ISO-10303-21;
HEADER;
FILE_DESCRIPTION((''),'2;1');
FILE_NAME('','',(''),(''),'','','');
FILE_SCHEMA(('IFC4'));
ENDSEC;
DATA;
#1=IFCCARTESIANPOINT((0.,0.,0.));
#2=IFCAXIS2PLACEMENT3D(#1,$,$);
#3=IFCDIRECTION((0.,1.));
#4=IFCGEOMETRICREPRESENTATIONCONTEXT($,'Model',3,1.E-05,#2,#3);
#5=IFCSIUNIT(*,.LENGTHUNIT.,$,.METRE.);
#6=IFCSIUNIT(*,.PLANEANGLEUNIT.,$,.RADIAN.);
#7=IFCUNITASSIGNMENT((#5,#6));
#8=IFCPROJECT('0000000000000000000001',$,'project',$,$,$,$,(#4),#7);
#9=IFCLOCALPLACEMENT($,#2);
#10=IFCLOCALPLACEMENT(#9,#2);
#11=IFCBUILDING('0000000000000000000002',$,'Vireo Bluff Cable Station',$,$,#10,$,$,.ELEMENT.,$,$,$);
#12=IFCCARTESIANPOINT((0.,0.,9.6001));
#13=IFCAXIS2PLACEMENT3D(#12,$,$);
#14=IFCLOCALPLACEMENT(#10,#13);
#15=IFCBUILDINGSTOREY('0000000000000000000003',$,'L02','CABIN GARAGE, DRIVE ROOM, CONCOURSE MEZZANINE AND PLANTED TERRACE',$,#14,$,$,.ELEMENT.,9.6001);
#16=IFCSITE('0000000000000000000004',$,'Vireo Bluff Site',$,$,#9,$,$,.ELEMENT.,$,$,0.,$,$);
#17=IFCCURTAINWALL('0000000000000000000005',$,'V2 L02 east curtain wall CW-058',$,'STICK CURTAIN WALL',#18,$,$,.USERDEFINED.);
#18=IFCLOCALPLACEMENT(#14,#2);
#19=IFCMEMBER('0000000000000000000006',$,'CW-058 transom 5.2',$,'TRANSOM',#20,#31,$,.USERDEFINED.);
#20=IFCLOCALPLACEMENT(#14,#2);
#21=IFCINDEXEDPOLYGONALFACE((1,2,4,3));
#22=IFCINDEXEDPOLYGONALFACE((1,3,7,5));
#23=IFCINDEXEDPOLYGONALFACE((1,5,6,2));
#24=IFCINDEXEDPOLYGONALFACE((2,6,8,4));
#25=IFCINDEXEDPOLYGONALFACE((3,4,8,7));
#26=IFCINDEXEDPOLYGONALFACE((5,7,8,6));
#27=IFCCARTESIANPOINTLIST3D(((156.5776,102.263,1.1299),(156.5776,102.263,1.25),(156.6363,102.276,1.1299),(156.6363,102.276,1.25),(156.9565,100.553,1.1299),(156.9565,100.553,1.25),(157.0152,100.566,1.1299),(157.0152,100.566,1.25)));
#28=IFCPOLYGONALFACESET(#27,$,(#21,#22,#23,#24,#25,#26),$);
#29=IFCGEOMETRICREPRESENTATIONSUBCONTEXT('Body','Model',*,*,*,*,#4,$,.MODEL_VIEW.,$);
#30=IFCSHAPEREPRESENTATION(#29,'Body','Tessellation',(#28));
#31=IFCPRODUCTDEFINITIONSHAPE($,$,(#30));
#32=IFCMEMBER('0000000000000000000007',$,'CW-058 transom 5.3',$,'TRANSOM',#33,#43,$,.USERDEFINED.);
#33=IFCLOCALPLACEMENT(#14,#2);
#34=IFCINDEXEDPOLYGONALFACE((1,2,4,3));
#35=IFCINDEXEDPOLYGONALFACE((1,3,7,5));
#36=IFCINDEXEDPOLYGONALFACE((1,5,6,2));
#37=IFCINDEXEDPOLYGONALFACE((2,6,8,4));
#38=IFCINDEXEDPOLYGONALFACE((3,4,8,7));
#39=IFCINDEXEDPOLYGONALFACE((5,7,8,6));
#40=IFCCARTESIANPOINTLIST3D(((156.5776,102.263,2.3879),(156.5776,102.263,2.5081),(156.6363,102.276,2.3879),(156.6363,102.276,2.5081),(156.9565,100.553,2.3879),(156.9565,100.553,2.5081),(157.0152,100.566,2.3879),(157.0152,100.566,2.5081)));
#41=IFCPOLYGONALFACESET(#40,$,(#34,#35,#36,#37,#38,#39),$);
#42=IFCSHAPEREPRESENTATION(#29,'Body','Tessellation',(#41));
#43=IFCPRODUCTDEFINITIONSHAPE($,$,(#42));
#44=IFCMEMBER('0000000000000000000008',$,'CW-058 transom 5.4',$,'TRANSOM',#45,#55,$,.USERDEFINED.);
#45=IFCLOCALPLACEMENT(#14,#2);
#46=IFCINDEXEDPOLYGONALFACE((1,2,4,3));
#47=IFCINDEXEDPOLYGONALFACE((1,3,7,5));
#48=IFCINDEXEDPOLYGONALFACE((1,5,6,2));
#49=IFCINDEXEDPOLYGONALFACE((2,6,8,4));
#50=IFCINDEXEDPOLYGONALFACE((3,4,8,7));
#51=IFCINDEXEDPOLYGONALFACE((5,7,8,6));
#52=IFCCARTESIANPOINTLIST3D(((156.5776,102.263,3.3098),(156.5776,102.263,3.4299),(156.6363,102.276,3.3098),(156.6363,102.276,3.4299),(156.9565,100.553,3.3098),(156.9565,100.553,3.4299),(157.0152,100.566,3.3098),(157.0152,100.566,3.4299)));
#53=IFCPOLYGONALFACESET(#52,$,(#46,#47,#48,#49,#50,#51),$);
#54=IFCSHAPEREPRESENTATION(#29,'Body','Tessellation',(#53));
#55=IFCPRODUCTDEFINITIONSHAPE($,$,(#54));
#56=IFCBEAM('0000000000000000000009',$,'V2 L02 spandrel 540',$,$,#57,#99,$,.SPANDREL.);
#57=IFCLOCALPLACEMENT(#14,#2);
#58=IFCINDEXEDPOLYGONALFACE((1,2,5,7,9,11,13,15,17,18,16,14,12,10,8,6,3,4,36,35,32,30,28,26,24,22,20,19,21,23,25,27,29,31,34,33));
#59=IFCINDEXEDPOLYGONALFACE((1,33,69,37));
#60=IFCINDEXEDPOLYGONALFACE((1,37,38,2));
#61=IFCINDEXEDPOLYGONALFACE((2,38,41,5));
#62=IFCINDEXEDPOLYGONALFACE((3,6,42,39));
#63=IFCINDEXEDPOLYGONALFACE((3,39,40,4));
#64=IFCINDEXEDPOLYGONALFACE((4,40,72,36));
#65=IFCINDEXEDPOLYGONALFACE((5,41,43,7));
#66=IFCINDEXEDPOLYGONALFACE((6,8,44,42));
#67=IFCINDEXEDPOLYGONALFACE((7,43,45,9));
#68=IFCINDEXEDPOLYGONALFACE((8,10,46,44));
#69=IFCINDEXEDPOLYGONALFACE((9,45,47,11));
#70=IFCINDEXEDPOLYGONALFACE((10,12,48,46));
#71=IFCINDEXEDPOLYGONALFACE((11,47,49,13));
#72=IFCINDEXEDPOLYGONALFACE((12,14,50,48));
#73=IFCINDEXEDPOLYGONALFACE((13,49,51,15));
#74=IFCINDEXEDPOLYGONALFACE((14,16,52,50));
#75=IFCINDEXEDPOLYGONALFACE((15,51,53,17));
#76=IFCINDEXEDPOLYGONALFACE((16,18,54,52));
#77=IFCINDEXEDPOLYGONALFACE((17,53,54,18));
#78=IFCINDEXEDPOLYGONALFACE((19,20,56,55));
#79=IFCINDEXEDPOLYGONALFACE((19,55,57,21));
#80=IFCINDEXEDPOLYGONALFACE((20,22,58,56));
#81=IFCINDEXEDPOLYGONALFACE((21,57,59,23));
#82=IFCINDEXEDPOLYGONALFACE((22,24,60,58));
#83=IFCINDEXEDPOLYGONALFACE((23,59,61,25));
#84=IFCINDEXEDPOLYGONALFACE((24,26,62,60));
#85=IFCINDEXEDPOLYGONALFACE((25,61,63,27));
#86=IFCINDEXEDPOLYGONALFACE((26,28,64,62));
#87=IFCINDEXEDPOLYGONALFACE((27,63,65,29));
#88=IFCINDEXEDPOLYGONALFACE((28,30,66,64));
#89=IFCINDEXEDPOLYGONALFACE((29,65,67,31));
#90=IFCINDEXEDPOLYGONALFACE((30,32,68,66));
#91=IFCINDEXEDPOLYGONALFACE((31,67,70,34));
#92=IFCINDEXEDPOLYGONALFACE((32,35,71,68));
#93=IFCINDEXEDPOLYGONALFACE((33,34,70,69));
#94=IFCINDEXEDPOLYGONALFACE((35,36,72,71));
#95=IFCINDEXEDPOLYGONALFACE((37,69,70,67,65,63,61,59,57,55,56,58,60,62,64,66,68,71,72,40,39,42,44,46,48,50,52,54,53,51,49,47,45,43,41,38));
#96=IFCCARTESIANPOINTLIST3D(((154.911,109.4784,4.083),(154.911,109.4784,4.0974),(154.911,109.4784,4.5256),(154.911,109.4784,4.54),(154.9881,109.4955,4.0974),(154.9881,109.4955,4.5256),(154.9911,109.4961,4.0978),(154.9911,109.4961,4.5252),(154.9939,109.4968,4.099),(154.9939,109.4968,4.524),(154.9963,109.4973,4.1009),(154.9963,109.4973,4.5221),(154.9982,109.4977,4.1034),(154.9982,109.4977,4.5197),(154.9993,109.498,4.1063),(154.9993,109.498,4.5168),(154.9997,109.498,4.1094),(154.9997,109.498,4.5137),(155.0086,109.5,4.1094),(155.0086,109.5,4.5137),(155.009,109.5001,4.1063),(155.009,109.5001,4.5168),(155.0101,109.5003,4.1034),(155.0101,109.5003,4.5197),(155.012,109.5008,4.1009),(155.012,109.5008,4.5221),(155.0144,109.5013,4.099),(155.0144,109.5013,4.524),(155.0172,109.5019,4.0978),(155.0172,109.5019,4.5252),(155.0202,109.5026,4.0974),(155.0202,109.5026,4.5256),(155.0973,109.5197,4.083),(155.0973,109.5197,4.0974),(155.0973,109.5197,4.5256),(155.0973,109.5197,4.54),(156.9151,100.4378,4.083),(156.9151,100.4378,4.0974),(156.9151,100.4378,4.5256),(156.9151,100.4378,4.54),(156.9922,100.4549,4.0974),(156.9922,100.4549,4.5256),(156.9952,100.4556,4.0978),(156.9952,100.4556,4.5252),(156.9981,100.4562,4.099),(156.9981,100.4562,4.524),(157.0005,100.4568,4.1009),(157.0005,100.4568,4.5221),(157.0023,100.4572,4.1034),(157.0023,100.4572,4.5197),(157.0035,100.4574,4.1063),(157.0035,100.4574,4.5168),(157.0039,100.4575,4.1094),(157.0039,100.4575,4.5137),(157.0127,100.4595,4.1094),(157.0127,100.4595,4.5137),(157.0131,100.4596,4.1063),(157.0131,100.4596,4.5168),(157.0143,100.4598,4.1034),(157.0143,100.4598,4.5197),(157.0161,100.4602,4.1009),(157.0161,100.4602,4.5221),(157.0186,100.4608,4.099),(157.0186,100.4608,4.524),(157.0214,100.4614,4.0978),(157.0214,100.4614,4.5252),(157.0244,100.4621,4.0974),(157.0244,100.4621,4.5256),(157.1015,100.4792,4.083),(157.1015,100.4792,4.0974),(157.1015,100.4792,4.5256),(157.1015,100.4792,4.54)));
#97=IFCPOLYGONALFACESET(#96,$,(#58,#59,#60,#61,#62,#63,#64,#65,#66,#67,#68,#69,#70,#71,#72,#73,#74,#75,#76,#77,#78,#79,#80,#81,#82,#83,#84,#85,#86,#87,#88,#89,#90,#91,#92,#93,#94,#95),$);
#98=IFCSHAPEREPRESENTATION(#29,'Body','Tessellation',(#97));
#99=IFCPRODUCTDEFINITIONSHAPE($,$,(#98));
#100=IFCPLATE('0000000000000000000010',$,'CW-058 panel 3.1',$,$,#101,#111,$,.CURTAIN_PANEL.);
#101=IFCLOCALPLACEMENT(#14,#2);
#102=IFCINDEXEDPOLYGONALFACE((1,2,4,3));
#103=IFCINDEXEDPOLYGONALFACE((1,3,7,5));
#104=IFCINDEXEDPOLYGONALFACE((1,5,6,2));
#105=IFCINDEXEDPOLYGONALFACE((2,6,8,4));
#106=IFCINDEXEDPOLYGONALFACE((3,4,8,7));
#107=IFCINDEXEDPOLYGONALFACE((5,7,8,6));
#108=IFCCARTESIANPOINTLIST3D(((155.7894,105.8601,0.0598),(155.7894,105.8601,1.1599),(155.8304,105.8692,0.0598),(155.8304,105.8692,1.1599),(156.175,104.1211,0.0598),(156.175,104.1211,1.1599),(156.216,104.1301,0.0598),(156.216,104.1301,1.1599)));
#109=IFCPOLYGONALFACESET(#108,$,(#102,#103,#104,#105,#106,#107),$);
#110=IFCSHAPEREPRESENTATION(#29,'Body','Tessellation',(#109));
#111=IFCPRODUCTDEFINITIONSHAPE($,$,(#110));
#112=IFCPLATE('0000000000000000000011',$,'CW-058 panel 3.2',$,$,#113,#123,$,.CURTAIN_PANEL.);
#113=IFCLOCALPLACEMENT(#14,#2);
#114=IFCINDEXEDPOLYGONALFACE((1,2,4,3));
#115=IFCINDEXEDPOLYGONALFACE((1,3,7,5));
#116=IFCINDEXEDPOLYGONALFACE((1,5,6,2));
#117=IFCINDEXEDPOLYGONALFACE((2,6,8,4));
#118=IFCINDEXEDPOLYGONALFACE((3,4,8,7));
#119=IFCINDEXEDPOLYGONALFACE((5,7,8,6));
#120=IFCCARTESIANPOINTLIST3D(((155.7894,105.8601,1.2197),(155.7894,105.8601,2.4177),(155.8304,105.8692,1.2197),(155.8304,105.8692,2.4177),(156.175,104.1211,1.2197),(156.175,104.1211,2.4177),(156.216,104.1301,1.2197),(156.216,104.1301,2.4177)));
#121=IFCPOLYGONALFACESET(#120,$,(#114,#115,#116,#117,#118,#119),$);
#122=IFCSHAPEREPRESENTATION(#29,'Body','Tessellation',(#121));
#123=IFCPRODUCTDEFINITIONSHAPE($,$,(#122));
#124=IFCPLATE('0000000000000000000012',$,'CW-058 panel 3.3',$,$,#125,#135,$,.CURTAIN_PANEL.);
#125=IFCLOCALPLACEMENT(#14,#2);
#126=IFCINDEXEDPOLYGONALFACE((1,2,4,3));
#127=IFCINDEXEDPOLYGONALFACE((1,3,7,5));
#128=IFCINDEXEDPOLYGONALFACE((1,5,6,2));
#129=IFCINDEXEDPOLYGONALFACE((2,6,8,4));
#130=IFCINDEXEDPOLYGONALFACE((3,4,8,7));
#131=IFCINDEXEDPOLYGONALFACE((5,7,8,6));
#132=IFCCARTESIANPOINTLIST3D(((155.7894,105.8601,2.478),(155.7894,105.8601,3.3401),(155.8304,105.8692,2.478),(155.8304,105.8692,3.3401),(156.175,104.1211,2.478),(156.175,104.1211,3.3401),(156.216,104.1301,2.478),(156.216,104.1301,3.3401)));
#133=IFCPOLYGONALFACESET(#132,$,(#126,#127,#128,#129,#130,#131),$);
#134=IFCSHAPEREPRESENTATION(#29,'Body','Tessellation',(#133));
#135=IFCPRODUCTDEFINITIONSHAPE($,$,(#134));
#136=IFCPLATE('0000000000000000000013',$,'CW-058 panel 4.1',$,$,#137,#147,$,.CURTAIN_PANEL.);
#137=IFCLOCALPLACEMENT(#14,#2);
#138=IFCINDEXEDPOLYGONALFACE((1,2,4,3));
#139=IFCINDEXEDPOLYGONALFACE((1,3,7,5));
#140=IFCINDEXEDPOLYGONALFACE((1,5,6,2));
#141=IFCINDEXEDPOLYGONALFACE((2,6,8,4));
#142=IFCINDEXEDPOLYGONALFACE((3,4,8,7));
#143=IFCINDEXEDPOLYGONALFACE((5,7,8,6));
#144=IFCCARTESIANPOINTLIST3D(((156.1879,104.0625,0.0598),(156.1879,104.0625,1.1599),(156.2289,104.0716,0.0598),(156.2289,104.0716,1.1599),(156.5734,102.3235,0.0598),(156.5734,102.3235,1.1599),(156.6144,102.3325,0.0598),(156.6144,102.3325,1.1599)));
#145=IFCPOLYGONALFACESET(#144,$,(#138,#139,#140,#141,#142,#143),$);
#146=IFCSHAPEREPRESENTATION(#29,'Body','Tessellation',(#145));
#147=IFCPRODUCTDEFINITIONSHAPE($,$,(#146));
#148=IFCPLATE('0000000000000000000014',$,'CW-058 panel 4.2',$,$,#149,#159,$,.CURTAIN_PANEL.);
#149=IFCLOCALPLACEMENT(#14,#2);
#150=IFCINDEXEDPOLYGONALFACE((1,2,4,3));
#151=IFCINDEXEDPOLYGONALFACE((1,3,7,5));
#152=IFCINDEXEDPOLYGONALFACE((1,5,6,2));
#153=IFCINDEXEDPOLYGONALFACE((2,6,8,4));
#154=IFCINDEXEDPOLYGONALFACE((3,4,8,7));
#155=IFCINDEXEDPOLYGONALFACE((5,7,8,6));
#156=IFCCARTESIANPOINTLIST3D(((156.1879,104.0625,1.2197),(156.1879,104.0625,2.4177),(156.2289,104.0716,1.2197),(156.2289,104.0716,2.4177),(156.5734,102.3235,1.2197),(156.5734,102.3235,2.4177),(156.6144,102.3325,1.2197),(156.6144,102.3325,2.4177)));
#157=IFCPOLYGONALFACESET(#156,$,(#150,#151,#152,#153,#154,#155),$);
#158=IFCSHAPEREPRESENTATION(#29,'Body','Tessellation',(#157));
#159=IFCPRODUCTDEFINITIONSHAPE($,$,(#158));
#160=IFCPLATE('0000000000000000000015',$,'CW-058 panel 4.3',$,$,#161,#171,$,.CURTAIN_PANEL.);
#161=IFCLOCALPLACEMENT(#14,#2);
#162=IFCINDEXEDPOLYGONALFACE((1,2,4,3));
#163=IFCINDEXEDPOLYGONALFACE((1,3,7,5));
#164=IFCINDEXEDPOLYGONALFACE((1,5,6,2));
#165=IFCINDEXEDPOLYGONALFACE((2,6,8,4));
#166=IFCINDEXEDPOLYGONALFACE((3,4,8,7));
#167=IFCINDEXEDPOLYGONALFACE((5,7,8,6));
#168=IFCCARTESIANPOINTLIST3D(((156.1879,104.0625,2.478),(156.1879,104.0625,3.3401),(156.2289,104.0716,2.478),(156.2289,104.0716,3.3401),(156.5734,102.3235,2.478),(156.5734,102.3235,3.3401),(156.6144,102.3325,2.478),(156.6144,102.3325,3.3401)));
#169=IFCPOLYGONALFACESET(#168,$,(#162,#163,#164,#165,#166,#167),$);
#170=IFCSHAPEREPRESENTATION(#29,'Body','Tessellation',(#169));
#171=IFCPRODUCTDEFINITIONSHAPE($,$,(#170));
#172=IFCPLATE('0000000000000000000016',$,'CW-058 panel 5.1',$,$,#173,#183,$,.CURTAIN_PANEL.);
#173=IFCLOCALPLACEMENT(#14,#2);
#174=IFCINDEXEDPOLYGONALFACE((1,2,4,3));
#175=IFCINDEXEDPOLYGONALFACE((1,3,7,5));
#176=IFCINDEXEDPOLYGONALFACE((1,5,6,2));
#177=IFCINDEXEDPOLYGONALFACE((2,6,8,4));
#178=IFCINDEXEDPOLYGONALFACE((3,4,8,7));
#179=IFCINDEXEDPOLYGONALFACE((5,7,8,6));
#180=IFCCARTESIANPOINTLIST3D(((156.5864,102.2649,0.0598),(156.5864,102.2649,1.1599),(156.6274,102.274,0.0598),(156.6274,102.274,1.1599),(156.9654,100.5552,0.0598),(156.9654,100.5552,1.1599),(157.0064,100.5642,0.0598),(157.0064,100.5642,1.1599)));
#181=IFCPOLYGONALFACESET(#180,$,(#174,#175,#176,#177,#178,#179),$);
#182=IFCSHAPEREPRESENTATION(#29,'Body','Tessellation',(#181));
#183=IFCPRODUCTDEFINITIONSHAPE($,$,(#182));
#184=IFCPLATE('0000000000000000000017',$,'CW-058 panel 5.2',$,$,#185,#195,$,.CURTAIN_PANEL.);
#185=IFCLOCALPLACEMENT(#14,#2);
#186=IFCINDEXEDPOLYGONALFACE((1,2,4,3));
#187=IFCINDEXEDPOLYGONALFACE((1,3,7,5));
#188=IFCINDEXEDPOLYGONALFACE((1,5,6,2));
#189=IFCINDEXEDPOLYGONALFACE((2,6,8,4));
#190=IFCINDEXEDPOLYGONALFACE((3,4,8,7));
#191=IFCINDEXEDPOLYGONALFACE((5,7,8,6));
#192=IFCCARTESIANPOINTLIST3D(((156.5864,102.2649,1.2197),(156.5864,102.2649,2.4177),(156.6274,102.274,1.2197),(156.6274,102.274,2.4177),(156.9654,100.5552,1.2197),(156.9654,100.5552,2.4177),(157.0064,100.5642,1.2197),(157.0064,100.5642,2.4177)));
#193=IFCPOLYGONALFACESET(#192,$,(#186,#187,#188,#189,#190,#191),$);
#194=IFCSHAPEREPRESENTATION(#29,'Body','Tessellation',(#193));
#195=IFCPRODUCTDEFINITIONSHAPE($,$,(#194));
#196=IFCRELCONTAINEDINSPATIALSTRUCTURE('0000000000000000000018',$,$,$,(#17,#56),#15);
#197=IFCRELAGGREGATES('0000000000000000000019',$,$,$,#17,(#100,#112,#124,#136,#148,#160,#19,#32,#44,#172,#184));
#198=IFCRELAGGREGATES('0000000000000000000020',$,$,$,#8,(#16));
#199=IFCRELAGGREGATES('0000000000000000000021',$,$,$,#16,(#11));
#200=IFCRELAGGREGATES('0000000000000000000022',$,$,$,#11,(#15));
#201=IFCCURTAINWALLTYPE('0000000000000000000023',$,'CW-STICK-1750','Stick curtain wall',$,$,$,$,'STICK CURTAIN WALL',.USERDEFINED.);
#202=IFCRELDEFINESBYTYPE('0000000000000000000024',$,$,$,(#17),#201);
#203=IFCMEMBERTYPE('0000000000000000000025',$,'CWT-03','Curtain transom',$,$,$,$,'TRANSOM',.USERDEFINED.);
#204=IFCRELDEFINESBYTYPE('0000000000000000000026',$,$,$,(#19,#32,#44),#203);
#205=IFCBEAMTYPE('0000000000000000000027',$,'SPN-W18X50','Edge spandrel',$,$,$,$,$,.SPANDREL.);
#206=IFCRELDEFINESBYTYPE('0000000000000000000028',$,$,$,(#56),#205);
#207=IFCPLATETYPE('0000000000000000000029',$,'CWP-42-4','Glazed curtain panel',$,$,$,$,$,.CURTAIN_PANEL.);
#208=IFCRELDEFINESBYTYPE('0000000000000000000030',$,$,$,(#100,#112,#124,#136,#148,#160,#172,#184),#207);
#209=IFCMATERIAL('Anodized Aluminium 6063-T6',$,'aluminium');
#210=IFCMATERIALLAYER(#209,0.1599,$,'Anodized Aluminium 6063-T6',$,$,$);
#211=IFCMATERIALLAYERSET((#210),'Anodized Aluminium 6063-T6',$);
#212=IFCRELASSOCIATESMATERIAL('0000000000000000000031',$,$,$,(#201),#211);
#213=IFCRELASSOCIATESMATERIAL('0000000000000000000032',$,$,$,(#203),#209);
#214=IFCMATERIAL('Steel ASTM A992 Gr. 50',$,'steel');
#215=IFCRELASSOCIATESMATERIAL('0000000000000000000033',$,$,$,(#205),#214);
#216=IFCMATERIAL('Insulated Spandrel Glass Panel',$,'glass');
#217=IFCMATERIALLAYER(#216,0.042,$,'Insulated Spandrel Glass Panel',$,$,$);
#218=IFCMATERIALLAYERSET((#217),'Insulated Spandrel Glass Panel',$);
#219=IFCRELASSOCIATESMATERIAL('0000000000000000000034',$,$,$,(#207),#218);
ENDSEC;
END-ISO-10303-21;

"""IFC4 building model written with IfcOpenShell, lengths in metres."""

from ifc_helpers import new_model, si_unit, direction, frame, origin, origin_2d, place, context, subcontext, project, spatial, rectangle, i_section, extrude, material, layer, layer_set, material_profile, profile_set, type_object, element, aggregate, save


model = new_model("IFC4")

# Units and contexts
model_context = context("Model", 3, precision=1e-05, world=origin(), true_north=direction((0.0, 1.0)))
body_context = subcontext(model_context, "Body", "Model", "MODEL_VIEW")
ifc_project = project(units=[si_unit("LENGTHUNIT", "METRE"), si_unit("PLANEANGLEUNIT", "RADIAN")], contexts=[model_context])

# Site, building, storey
site_placement = place(None, origin())
site = spatial("IfcSite", under=ifc_project, at=site_placement, Name="Vireo Bluff Site", CompositionType="ELEMENT", RefElevation=0.0)
building_placement = place(site_placement, origin())
building = spatial("IfcBuilding", under=site, at=building_placement, Name="Vireo Bluff Cable Station", CompositionType="ELEMENT")
storey_placement = place(building_placement, frame((0.0, 0.0, 9.6001)))
storey = spatial("IfcBuildingStorey", under=building, at=storey_placement, Name="L02", Description="CABIN GARAGE, DRIVE ROOM, CONCOURSE MEZZANINE AND PLANTED TERRACE", CompositionType="ELEMENT", Elevation=9.6001)

# Shared definitions
ifc_material_1 = material(Name="Steel ASTM A992 Gr. 50", Category="steel")

# Curtain wall, members
ifc_material_2 = material(Name="Anodized Aluminium 6063-T6", Category="aluminium")
ifc_layer_1 = layer(ifc_material_2, 0.1599, Name="Anodized Aluminium 6063-T6")
ifc_layer_set_1 = layer_set([ifc_layer_1], Name="Anodized Aluminium 6063-T6")
curtain_wall_type = type_object("IfcCurtainWallType", Name="CW-STICK-1750", Description="Stick curtain wall", ElementType="STICK CURTAIN WALL", PredefinedType="USERDEFINED", material=ifc_layer_set_1)
curtain_wall_placement = place(storey_placement, origin())
curtain_wall = element("IfcCurtainWall", 1, at=curtain_wall_placement, inside=storey, type_object=curtain_wall_type, Name="V2 L02 east curtain wall CW-058", ObjectType="STICK CURTAIN WALL", PredefinedType="USERDEFINED")
ifc_material_profile_1 = material_profile(ifc_material_2, rectangle(XDim=0.0601, YDim=0.1201, at=origin_2d()), Name="ALU-T-60X120")
ifc_profile_set_1 = profile_set([ifc_material_profile_1], Name="Anodized Aluminium 6063-T6")
member_type_1 = type_object("IfcMemberType", Name="CWT-03", Description="Curtain transom", ElementType="TRANSOM", PredefinedType="USERDEFINED", material=ifc_profile_set_1)
member_1_placement = place(storey_placement, frame((156.6069, 102.2695, 1.1899), z_axis=(0.21634, -0.976318, 0.0), x_axis=(0.976318, 0.21634, 0.0)))
member_1 = element("IfcMember", 2, at=member_1_placement, type_object=member_type_1, Name="CW-058 transom 5.2", ObjectType="TRANSOM", PredefinedType="USERDEFINED", context=body_context, shape_type="SweptSolid", body=[
    extrude(rectangle(XDim=0.0601, YDim=0.1201, at=origin_2d()), origin(), (0.0, 0.0, 1.0), 1.7515),
])
member_2_placement = place(storey_placement, frame((156.6069, 102.2695, 2.448), z_axis=(0.21634, -0.976318, 0.0), x_axis=(0.976318, 0.21634, 0.0)))
member_2 = element("IfcMember", 3, at=member_2_placement, type_object=member_type_1, Name="CW-058 transom 5.3", ObjectType="TRANSOM", PredefinedType="USERDEFINED", context=body_context, shape_type="SweptSolid", body=[
    extrude(rectangle(XDim=0.0601, YDim=0.1201, at=origin_2d()), origin(), (0.0, 0.0, 1.0), 1.7515),
])
member_3_placement = place(storey_placement, frame((156.6069, 102.2695, 3.3699), z_axis=(0.21634, -0.976318, 0.0), x_axis=(0.976318, 0.21634, 0.0)))
member_3 = element("IfcMember", 4, at=member_3_placement, type_object=member_type_1, Name="CW-058 transom 5.4", ObjectType="TRANSOM", PredefinedType="USERDEFINED", context=body_context, shape_type="SweptSolid", body=[
    extrude(rectangle(XDim=0.0601, YDim=0.1201, at=origin_2d()), origin(), (0.0, 0.0, 1.0), 1.7515),
])

# Beam
ifc_material_profile_2 = material_profile(ifc_material_1, i_section(OverallWidth=0.1909, OverallDepth=0.457, WebThickness=0.009, FlangeThickness=0.0144, FilletRadius=0.012, at=origin_2d()), Name="W18X50")
ifc_profile_set_2 = profile_set([ifc_material_profile_2], Name="Steel ASTM A992 Gr. 50")
beam_type = type_object("IfcBeamType", Name="SPN-W18X50", Description="Edge spandrel", PredefinedType="SPANDREL", material=ifc_profile_set_2)
beam_placement = place(storey_placement, frame((157.0083, 100.4585, 4.3115), z_axis=(-0.216431, 0.976298, 0.0), x_axis=(-0.976298, -0.216431, 0.0)))
element("IfcBeam", 5, at=beam_placement, inside=storey, type_object=beam_type, Name="V2 L02 spandrel 540", PredefinedType="SPANDREL", context=body_context, shape_type="SweptSolid", body=[
    extrude(i_section(OverallWidth=0.1909, OverallDepth=0.457, WebThickness=0.009, FlangeThickness=0.0144, FilletRadius=0.012, at=origin_2d()), origin(), (0.0, 0.0, 1.0), 9.26),
])

# Plates
ifc_material_3 = material(Name="Insulated Spandrel Glass Panel", Category="glass")
ifc_layer_2 = layer(ifc_material_3, 0.042, Name="Insulated Spandrel Glass Panel")
ifc_layer_set_2 = layer_set([ifc_layer_2], Name="Insulated Spandrel Glass Panel")
plate_type = type_object("IfcPlateType", Name="CWP-42-4", Description="Glazed curtain panel", PredefinedType="CURTAIN_PANEL", material=ifc_layer_set_2)
plate_1_placement = place(storey_placement, frame((156.0027, 104.9951, 0.0598), z_axis=(0.0, 0.0, 1.0), x_axis=(0.21644, -0.976296, 0.0)))
plate_1 = element("IfcPlate", 6, at=plate_1_placement, type_object=plate_type, Name="CW-058 panel 3.1", PredefinedType="CURTAIN_PANEL", context=body_context, shape_type="SweptSolid", body=[
    extrude(rectangle(XDim=1.7812, YDim=0.042, at=origin_2d()), origin(), (0.0, 0.0, 1.0), 1.1001),
])
plate_2_placement = place(storey_placement, frame((156.0027, 104.9951, 1.2197), z_axis=(0.0, 0.0, 1.0), x_axis=(0.21644, -0.976296, 0.0)))
plate_2 = element("IfcPlate", 7, at=plate_2_placement, type_object=plate_type, Name="CW-058 panel 3.2", PredefinedType="CURTAIN_PANEL", context=body_context, shape_type="SweptSolid", body=[
    extrude(rectangle(XDim=1.7812, YDim=0.042, at=origin_2d()), origin(), (0.0, 0.0, 1.0), 1.198),
])
plate_3_placement = place(storey_placement, frame((156.0027, 104.9951, 2.478), z_axis=(0.0, 0.0, 1.0), x_axis=(0.21644, -0.976296, 0.0)))
plate_3 = element("IfcPlate", 8, at=plate_3_placement, type_object=plate_type, Name="CW-058 panel 3.3", PredefinedType="CURTAIN_PANEL", context=body_context, shape_type="SweptSolid", body=[
    extrude(rectangle(XDim=1.7812, YDim=0.042, at=origin_2d()), origin(), (0.0, 0.0, 1.0), 0.8621),
])
plate_4_placement = place(storey_placement, frame((156.4011, 103.1975, 0.0598), z_axis=(0.0, 0.0, 1.0), x_axis=(0.21644, -0.976296, 0.0)))
plate_4 = element("IfcPlate", 9, at=plate_4_placement, type_object=plate_type, Name="CW-058 panel 4.1", PredefinedType="CURTAIN_PANEL", context=body_context, shape_type="SweptSolid", body=[
    extrude(rectangle(XDim=1.7812, YDim=0.042, at=origin_2d()), origin(), (0.0, 0.0, 1.0), 1.1001),
])
plate_5_placement = place(storey_placement, frame((156.4011, 103.1975, 1.2197), z_axis=(0.0, 0.0, 1.0), x_axis=(0.21644, -0.976296, 0.0)))
plate_5 = element("IfcPlate", 10, at=plate_5_placement, type_object=plate_type, Name="CW-058 panel 4.2", PredefinedType="CURTAIN_PANEL", context=body_context, shape_type="SweptSolid", body=[
    extrude(rectangle(XDim=1.7812, YDim=0.042, at=origin_2d()), origin(), (0.0, 0.0, 1.0), 1.198),
])
plate_6_placement = place(storey_placement, frame((156.4011, 103.1975, 2.478), z_axis=(0.0, 0.0, 1.0), x_axis=(0.21644, -0.976296, 0.0)))
plate_6 = element("IfcPlate", 11, at=plate_6_placement, type_object=plate_type, Name="CW-058 panel 4.3", PredefinedType="CURTAIN_PANEL", context=body_context, shape_type="SweptSolid", body=[
    extrude(rectangle(XDim=1.7812, YDim=0.042, at=origin_2d()), origin(), (0.0, 0.0, 1.0), 0.8621),
])
plate_7_placement = place(storey_placement, frame((156.7964, 101.4146, 0.0598), z_axis=(0.0, 0.0, 1.0), x_axis=(0.21644, -0.976296, 0.0)))
plate_7 = element("IfcPlate", 12, at=plate_7_placement, type_object=plate_type, Name="CW-058 panel 5.1", PredefinedType="CURTAIN_PANEL", context=body_context, shape_type="SweptSolid", body=[
    extrude(rectangle(XDim=1.7512, YDim=0.042, at=origin_2d()), origin(), (0.0, 0.0, 1.0), 1.1001),
])
plate_8_placement = place(storey_placement, frame((156.7964, 101.4146, 1.2197), z_axis=(0.0, 0.0, 1.0), x_axis=(0.21644, -0.976296, 0.0)))
plate_8 = element("IfcPlate", 13, at=plate_8_placement, type_object=plate_type, Name="CW-058 panel 5.2", PredefinedType="CURTAIN_PANEL", context=body_context, shape_type="SweptSolid", body=[
    extrude(rectangle(XDim=1.7512, YDim=0.042, at=origin_2d()), origin(), (0.0, 0.0, 1.0), 1.198),
])
aggregate(curtain_wall, [plate_1, plate_2, plate_3, plate_4, plate_5, plate_6, member_1, member_2, member_3, plate_7, plate_8])

save(model, "model.ifc")
